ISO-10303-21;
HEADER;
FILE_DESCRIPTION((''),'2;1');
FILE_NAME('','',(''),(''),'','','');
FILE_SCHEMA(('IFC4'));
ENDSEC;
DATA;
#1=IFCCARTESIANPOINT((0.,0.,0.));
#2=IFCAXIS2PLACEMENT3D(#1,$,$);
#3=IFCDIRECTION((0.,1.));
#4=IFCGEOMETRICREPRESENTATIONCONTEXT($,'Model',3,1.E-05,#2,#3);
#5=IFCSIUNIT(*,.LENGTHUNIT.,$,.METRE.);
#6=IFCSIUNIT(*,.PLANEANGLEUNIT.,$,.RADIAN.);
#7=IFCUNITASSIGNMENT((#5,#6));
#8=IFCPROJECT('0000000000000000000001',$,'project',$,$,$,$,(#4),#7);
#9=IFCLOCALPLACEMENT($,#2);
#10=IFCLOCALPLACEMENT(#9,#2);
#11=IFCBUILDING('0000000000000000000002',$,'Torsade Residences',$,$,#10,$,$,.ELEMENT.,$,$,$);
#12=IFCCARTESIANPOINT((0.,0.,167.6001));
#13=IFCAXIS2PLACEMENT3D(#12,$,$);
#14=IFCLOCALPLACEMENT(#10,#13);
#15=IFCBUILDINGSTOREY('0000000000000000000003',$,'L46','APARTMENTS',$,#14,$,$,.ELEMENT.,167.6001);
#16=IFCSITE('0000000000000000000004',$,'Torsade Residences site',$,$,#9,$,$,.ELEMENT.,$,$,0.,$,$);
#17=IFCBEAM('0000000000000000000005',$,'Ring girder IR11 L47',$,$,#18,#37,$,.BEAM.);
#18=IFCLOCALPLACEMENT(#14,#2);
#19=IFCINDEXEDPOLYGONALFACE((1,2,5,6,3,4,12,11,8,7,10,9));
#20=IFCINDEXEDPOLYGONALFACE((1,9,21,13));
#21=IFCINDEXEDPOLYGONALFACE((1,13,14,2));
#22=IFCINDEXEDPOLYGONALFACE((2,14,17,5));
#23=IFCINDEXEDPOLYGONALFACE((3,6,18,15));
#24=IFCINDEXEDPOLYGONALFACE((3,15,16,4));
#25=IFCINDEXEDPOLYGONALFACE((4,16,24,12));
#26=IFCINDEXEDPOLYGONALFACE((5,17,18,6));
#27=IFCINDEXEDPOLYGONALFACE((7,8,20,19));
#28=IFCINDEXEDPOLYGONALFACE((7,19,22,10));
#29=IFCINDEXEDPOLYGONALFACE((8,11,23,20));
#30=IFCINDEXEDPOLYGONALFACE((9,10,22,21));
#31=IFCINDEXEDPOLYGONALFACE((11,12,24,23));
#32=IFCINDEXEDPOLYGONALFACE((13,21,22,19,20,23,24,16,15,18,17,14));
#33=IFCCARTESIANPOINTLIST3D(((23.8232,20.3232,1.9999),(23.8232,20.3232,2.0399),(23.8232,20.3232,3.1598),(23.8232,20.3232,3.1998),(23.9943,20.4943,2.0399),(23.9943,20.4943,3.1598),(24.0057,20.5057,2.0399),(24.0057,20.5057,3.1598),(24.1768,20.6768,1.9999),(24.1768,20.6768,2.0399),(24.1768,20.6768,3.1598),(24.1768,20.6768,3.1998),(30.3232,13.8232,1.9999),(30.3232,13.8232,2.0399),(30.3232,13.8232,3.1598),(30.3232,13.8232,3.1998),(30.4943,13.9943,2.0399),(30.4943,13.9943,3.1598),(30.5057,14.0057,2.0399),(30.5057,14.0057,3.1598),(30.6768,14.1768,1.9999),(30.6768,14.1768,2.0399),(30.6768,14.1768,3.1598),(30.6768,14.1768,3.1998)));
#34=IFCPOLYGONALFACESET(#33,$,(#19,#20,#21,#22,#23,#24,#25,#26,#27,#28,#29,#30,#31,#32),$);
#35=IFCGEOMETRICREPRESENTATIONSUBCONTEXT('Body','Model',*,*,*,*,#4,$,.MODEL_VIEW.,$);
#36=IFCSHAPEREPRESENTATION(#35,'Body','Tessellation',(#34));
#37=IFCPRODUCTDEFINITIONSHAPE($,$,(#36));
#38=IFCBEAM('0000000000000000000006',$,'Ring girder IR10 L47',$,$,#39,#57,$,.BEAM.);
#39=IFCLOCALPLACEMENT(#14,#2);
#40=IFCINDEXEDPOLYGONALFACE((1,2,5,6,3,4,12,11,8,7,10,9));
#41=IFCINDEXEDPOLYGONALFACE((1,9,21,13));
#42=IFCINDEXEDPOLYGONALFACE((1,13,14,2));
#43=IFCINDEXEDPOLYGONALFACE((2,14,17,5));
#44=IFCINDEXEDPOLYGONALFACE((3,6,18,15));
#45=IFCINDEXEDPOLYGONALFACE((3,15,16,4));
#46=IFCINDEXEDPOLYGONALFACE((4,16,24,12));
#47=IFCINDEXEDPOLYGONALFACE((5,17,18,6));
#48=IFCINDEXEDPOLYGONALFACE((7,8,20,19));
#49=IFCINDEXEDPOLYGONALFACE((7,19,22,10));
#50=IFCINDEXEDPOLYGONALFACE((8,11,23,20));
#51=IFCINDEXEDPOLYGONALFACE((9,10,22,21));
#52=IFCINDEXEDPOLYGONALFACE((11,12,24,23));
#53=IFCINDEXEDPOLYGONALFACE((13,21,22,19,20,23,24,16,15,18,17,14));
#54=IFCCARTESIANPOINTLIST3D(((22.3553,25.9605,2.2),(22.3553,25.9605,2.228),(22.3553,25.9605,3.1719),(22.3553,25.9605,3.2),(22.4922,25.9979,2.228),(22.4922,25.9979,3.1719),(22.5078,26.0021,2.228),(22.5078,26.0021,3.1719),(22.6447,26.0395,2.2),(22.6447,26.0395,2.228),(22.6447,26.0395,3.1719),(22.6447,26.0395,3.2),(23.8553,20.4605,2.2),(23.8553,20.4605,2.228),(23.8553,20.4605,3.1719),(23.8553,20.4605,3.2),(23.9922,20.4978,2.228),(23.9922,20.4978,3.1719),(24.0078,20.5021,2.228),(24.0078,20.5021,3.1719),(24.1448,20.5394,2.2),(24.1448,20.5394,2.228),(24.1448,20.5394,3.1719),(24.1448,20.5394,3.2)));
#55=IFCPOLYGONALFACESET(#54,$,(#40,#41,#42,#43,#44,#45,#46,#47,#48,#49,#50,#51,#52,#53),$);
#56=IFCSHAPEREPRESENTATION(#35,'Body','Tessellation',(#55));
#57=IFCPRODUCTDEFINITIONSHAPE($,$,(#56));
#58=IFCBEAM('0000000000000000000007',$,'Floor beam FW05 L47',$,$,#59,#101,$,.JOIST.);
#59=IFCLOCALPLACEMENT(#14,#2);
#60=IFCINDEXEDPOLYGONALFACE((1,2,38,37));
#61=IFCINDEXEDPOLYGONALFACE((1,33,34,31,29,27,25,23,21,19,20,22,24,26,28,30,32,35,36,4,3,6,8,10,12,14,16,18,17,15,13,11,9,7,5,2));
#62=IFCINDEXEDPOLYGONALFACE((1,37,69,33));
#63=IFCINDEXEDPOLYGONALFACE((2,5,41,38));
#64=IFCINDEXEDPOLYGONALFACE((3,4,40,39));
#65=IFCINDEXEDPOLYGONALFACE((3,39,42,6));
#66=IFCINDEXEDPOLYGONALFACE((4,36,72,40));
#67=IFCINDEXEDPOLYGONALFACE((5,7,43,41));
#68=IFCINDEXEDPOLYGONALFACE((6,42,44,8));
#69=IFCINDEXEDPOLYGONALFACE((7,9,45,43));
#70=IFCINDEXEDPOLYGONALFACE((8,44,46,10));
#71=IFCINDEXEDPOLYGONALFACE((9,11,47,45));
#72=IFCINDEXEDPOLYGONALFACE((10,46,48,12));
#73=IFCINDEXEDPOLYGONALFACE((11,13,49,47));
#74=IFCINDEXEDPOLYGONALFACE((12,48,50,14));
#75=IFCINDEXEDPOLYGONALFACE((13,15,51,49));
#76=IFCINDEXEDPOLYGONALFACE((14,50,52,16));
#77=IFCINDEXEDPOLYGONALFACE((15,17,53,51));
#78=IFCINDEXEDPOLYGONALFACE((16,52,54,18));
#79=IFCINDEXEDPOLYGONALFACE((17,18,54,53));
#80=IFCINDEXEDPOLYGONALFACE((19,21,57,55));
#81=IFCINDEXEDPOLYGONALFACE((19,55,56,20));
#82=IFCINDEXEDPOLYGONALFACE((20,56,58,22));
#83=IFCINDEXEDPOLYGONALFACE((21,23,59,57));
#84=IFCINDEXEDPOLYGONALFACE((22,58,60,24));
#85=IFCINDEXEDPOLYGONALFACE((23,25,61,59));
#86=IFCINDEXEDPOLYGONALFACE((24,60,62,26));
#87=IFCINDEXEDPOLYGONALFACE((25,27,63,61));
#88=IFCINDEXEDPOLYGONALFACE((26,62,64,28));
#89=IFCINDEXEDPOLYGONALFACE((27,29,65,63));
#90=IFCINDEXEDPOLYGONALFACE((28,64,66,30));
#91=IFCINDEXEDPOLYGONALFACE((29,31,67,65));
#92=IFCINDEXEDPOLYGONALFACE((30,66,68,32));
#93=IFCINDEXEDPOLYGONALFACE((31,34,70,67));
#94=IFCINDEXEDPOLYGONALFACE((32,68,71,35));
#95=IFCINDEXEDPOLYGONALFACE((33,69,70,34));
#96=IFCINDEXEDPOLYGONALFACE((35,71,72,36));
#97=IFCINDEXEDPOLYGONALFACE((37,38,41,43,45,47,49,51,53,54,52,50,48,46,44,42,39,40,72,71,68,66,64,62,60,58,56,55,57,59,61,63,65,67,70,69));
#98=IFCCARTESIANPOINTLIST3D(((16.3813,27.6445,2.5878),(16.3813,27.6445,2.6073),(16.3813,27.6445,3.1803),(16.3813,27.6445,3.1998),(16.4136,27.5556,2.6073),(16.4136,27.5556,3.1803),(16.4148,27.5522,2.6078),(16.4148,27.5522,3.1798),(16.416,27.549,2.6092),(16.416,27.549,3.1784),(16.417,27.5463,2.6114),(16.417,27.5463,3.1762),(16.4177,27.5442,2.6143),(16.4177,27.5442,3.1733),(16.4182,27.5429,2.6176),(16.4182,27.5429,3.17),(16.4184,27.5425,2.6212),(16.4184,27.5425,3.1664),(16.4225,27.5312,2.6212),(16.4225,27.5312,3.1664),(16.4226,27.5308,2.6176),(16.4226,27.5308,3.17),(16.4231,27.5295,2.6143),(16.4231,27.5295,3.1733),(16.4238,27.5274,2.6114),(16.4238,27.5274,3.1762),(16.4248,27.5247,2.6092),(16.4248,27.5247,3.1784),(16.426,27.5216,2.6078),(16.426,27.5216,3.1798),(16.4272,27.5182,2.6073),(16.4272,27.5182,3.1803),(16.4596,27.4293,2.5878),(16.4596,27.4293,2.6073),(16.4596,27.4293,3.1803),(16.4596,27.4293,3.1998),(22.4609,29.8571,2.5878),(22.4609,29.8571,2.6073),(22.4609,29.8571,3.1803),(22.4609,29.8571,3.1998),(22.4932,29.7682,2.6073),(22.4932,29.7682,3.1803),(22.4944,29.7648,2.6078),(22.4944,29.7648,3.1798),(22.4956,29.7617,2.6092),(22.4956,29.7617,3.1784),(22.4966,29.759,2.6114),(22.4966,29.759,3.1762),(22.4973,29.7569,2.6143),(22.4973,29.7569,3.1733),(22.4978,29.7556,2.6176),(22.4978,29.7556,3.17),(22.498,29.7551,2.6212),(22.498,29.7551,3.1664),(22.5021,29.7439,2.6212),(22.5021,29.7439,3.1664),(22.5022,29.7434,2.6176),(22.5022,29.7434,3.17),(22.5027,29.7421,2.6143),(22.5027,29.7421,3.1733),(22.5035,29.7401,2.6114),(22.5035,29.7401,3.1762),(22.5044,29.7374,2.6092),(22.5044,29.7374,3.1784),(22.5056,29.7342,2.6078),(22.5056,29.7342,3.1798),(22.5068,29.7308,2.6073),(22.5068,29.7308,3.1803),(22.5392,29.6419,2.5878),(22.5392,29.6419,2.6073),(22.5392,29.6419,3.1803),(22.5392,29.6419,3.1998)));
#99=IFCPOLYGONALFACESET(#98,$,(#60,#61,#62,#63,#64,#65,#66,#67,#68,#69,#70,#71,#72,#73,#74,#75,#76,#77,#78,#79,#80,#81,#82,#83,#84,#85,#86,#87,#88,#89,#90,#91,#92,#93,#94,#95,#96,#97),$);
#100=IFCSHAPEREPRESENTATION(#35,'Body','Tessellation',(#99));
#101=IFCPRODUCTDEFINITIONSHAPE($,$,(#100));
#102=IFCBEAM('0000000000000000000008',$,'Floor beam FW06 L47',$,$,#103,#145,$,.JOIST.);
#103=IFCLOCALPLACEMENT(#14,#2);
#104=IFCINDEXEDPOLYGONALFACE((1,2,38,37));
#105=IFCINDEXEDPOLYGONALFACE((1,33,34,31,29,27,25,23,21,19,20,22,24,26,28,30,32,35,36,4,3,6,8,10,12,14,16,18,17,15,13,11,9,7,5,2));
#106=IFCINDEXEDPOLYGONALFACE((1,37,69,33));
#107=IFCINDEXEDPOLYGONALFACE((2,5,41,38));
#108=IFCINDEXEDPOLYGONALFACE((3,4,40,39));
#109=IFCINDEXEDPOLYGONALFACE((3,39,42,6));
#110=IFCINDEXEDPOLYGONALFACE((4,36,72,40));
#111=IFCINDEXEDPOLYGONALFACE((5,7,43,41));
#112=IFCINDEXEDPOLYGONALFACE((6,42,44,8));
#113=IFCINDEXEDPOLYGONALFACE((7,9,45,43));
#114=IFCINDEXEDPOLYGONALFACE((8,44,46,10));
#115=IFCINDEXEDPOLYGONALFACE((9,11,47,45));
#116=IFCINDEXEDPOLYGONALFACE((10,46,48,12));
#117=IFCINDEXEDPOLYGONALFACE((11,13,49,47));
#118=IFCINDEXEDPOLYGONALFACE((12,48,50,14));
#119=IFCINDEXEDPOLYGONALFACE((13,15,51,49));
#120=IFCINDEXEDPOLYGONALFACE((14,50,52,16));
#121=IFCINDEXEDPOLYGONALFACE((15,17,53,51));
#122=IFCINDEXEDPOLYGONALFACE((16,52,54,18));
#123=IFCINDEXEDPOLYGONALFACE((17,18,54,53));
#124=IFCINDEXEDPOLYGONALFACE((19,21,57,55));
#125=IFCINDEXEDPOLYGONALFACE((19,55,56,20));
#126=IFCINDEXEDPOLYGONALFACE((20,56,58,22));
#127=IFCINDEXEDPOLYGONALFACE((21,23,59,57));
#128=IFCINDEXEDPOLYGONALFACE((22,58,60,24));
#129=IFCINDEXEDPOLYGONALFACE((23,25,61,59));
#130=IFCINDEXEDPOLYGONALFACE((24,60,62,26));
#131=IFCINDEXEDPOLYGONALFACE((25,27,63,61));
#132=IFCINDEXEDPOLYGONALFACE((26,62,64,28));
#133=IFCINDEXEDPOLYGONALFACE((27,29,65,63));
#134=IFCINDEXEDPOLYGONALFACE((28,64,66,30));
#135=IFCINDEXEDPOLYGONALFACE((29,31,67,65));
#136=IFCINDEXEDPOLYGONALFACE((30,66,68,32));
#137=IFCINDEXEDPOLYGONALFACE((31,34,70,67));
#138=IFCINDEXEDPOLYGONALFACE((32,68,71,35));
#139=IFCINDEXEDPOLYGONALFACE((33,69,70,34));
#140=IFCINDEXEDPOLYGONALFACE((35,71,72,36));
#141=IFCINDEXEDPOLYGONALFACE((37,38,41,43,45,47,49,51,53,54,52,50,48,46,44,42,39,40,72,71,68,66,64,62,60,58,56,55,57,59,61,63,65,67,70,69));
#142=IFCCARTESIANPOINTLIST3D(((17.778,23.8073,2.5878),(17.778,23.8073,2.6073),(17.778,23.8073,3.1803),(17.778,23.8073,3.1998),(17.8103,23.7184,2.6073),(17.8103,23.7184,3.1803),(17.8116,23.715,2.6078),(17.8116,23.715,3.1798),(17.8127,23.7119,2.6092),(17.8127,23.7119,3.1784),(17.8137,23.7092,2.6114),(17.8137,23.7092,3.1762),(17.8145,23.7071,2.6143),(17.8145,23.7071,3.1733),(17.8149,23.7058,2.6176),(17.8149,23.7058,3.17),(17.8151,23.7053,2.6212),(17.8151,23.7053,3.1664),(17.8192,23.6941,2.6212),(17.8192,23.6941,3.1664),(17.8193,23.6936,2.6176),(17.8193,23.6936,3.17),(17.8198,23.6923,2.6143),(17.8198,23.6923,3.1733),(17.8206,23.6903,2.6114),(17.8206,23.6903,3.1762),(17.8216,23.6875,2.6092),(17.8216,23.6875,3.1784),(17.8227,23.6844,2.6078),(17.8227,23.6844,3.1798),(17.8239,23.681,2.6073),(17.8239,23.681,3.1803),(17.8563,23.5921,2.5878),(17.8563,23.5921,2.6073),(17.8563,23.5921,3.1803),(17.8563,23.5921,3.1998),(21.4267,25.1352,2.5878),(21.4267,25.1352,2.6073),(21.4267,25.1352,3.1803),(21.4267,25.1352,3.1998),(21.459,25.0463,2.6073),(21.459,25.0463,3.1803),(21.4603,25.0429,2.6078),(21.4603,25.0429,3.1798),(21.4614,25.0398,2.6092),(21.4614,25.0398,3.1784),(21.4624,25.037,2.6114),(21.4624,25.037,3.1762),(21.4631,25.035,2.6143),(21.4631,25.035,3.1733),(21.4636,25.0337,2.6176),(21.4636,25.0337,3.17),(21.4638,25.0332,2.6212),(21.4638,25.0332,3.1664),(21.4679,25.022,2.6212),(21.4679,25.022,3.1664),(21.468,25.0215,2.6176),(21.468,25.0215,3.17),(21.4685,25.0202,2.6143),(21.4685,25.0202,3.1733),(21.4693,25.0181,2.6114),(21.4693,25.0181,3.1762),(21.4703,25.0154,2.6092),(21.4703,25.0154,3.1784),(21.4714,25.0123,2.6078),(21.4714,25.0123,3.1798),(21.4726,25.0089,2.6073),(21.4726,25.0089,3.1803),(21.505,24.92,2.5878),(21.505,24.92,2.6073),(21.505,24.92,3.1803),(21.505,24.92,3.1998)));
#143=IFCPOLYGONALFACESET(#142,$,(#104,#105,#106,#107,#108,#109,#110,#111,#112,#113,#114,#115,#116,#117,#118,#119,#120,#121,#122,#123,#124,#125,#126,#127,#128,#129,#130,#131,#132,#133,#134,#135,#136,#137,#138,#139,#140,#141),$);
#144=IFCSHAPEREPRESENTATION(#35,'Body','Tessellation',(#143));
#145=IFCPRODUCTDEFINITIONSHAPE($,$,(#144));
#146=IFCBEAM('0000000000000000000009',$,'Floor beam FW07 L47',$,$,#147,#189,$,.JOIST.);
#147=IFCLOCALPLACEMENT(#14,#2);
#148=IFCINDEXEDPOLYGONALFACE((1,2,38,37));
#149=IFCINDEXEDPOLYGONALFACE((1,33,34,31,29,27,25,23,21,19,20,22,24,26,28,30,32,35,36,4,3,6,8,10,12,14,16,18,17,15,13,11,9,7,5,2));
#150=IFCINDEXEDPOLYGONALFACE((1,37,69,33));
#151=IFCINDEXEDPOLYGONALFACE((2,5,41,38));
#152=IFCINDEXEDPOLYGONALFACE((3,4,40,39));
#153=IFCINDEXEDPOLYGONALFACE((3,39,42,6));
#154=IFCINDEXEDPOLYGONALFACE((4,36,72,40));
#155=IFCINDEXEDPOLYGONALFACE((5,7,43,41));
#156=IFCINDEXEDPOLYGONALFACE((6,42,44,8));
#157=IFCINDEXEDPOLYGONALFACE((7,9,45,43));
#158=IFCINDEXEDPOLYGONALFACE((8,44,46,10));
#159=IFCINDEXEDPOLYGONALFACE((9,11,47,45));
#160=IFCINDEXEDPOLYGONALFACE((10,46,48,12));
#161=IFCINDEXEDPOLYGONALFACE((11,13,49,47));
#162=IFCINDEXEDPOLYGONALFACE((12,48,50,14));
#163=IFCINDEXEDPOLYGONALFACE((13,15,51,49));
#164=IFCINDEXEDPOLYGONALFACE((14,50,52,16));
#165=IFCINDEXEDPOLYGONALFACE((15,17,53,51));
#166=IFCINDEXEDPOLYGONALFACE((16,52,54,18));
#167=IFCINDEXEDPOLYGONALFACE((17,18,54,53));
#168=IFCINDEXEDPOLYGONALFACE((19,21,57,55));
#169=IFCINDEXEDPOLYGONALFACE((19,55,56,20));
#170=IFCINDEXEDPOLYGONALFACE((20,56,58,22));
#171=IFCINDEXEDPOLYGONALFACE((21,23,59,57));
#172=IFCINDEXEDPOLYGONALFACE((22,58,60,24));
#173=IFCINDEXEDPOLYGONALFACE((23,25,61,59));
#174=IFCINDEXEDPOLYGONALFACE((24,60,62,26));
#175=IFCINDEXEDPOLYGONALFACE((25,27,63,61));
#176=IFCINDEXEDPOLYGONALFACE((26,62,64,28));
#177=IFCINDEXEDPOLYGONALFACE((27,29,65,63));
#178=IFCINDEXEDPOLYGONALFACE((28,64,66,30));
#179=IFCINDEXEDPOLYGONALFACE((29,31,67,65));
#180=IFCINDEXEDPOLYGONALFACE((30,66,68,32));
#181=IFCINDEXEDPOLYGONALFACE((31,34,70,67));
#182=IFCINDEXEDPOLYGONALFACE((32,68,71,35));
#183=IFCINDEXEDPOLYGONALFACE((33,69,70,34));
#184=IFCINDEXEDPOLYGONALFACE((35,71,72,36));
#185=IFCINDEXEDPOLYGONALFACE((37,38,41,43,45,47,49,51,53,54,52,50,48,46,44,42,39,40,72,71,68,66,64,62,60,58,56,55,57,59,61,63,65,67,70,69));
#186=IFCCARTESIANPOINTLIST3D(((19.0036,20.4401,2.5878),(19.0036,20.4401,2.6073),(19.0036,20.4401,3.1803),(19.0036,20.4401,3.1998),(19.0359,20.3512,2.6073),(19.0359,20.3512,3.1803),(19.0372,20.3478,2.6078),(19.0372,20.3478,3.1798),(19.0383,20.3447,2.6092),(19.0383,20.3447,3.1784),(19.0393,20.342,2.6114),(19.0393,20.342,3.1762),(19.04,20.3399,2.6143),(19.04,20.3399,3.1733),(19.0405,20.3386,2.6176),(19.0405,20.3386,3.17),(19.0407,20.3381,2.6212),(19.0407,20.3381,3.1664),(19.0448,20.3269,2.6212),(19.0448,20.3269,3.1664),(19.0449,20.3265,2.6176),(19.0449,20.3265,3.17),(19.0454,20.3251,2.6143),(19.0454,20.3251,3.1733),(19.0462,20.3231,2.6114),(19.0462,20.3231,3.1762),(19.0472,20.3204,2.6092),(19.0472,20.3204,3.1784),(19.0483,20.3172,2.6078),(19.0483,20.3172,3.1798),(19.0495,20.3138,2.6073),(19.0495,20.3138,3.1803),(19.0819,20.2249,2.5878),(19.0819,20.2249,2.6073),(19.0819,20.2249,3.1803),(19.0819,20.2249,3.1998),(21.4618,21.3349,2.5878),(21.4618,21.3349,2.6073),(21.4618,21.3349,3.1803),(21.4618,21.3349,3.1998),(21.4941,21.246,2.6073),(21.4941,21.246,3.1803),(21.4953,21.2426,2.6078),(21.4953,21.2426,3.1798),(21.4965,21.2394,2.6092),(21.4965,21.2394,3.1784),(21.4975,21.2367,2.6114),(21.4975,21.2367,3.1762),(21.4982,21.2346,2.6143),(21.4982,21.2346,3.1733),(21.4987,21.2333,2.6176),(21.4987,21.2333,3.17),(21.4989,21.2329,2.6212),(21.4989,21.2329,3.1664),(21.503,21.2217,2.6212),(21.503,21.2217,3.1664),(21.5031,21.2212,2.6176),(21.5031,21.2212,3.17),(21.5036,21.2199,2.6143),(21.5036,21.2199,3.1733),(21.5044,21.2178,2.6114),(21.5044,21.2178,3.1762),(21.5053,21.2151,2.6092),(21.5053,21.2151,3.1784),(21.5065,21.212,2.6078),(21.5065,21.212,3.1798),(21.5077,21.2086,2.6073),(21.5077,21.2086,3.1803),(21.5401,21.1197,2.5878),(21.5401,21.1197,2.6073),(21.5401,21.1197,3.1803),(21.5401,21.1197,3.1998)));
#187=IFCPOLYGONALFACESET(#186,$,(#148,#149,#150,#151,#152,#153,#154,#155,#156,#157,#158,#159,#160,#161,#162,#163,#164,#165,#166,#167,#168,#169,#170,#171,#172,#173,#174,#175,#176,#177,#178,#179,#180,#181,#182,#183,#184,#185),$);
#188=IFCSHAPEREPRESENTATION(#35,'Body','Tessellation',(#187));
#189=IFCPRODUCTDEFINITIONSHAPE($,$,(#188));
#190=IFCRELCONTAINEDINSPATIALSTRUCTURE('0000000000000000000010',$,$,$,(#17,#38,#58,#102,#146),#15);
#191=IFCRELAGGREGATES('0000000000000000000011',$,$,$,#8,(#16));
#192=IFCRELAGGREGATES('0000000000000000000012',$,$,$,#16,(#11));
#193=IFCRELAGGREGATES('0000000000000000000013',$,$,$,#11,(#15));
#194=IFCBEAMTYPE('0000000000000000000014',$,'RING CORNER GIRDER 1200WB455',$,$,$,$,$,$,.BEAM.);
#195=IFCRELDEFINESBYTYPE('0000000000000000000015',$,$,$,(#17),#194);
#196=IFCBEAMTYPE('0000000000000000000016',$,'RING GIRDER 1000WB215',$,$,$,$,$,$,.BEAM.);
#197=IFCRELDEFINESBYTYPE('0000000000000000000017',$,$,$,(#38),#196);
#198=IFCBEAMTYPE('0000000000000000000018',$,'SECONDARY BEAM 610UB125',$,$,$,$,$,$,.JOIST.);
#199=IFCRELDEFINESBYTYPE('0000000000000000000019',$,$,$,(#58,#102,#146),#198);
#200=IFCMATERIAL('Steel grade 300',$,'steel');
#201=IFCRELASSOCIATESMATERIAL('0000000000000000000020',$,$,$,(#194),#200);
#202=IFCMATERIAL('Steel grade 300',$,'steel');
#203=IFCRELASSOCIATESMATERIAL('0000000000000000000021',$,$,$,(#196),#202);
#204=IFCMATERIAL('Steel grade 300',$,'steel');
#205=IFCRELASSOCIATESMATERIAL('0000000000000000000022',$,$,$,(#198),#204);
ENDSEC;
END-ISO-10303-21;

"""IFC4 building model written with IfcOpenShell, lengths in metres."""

from ifc_helpers import new_model, si_unit, direction, frame, origin, origin_2d, place, context, subcontext, project, spatial, i_section, extrude, material, material_profile, profile_set, type_object, element, save


model = new_model("IFC4")

# Units and contexts
model_context = context("Model", 3, precision=1e-05, world=origin(), true_north=direction((0.0, 1.0)))
body_context = subcontext(model_context, "Body", "Model", "MODEL_VIEW")
ifc_project = project(units=[si_unit("LENGTHUNIT", "METRE"), si_unit("PLANEANGLEUNIT", "RADIAN")], contexts=[model_context])

# Site, building, storey
site_placement = place(None, origin())
site = spatial("IfcSite", under=ifc_project, at=site_placement, Name="Torsade Residences site", CompositionType="ELEMENT", RefElevation=0.0)
building_placement = place(site_placement, origin())
building = spatial("IfcBuilding", under=site, at=building_placement, Name="Torsade Residences", CompositionType="ELEMENT")
storey_placement = place(building_placement, frame((0.0, 0.0, 167.6001)))
storey = spatial("IfcBuildingStorey", under=building, at=storey_placement, Name="L46", Description="APARTMENTS", CompositionType="ELEMENT", Elevation=167.6001)

# Beams
ifc_material_1 = material(Name="Steel grade 300", Category="steel")
ifc_material_profile_1 = material_profile(ifc_material_1, i_section(OverallWidth=0.5, OverallDepth=1.2, WebThickness=0.0161, FlangeThickness=0.04, at=origin_2d()), Name="1200WB455")
ifc_profile_set_1 = profile_set([ifc_material_profile_1], Name="Steel grade 300")
beam_type_1 = type_object("IfcBeamType", Name="RING CORNER GIRDER 1200WB455", PredefinedType="BEAM", material=ifc_profile_set_1)
beam_1_placement = place(storey_placement, frame((24.0, 20.5, 2.5999), z_axis=(0.707107, -0.707107, 0.0), x_axis=(0.707107, 0.707107, 0.0)))
element("IfcBeam", 1, at=beam_1_placement, inside=storey, type_object=beam_type_1, Name="Ring girder IR11 L47", PredefinedType="BEAM", context=body_context, shape_type="SweptSolid", body=[
    extrude(i_section(OverallWidth=0.5, OverallDepth=1.2, WebThickness=0.0161, FlangeThickness=0.04, at=origin_2d()), origin(), (0.0, 0.0, 1.0), 9.1924),
])
ifc_material_2 = material(Name="Steel grade 300", Category="steel")
ifc_material_profile_2 = material_profile(ifc_material_2, i_section(OverallWidth=0.3, OverallDepth=1.0, WebThickness=0.0161, FlangeThickness=0.0281, at=origin_2d()), Name="1000WB215")
ifc_profile_set_2 = profile_set([ifc_material_profile_2], Name="Steel grade 300")
beam_type_2 = type_object("IfcBeamType", Name="RING GIRDER 1000WB215", PredefinedType="BEAM", material=ifc_profile_set_2)
beam_2_placement = place(storey_placement, frame((22.5, 26.0, 2.7), z_axis=(0.263117, -0.964764, 0.0), x_axis=(0.964764, 0.263117, 0.0)))
element("IfcBeam", 2, at=beam_2_placement, inside=storey, type_object=beam_type_2, Name="Ring girder IR10 L47", PredefinedType="BEAM", context=body_context, shape_type="SweptSolid", body=[
    extrude(i_section(OverallWidth=0.3, OverallDepth=1.0, WebThickness=0.0161, FlangeThickness=0.0281, at=origin_2d()), origin(), (0.0, 0.0, 1.0), 5.7009),
])
ifc_material_3 = material(Name="Steel grade 300", Category="steel")
ifc_material_profile_3 = material_profile(ifc_material_3, i_section(OverallWidth=0.229, OverallDepth=0.6121, WebThickness=0.012, FlangeThickness=0.0195, FilletRadius=0.0139, at=origin_2d()), Name="610UB125")
ifc_profile_set_3 = profile_set([ifc_material_profile_3], Name="Steel grade 300")
beam_type_3 = type_object("IfcBeamType", Name="SECONDARY BEAM 610UB125", PredefinedType="JOIST", material=ifc_profile_set_3)
beam_3_placement = place(storey_placement, frame((16.4204, 27.5369, 2.8938), z_axis=(0.9397, 0.342001, 0.0), x_axis=(-0.342001, 0.9397, 0.0)))
element("IfcBeam", 3, at=beam_3_placement, inside=storey, type_object=beam_type_3, Name="Floor beam FW05 L47", PredefinedType="JOIST", context=body_context, shape_type="SweptSolid", body=[
    extrude(i_section(OverallWidth=0.229, OverallDepth=0.6121, WebThickness=0.012, FlangeThickness=0.0195, FilletRadius=0.0139, at=origin_2d()), origin(), (0.0, 0.0, 1.0), 6.4697),
])
beam_4_placement = place(storey_placement, frame((17.8171, 23.6997, 2.8938), z_axis=(0.939703, 0.34199, 0.0), x_axis=(-0.34199, 0.939703, 0.0)))
element("IfcBeam", 4, at=beam_4_placement, inside=storey, type_object=beam_type_3, Name="Floor beam FW06 L47", PredefinedType="JOIST", context=body_context, shape_type="SweptSolid", body=[
    extrude(i_section(OverallWidth=0.229, OverallDepth=0.6121, WebThickness=0.012, FlangeThickness=0.0195, FilletRadius=0.0139, at=origin_2d()), origin(), (0.0, 0.0, 1.0), 3.8828),
])
beam_5_placement = place(storey_placement, frame((19.0427, 20.3325, 2.8938), z_axis=(0.939687, 0.342035, 0.0), x_axis=(-0.342035, 0.939687, 0.0)))
element("IfcBeam", 5, at=beam_5_placement, inside=storey, type_object=beam_type_3, Name="Floor beam FW07 L47", PredefinedType="JOIST", context=body_context, shape_type="SweptSolid", body=[
    extrude(i_section(OverallWidth=0.229, OverallDepth=0.6121, WebThickness=0.012, FlangeThickness=0.0195, FilletRadius=0.0139, at=origin_2d()), origin(), (0.0, 0.0, 1.0), 2.616),
])

save(model, "model.ifc")
